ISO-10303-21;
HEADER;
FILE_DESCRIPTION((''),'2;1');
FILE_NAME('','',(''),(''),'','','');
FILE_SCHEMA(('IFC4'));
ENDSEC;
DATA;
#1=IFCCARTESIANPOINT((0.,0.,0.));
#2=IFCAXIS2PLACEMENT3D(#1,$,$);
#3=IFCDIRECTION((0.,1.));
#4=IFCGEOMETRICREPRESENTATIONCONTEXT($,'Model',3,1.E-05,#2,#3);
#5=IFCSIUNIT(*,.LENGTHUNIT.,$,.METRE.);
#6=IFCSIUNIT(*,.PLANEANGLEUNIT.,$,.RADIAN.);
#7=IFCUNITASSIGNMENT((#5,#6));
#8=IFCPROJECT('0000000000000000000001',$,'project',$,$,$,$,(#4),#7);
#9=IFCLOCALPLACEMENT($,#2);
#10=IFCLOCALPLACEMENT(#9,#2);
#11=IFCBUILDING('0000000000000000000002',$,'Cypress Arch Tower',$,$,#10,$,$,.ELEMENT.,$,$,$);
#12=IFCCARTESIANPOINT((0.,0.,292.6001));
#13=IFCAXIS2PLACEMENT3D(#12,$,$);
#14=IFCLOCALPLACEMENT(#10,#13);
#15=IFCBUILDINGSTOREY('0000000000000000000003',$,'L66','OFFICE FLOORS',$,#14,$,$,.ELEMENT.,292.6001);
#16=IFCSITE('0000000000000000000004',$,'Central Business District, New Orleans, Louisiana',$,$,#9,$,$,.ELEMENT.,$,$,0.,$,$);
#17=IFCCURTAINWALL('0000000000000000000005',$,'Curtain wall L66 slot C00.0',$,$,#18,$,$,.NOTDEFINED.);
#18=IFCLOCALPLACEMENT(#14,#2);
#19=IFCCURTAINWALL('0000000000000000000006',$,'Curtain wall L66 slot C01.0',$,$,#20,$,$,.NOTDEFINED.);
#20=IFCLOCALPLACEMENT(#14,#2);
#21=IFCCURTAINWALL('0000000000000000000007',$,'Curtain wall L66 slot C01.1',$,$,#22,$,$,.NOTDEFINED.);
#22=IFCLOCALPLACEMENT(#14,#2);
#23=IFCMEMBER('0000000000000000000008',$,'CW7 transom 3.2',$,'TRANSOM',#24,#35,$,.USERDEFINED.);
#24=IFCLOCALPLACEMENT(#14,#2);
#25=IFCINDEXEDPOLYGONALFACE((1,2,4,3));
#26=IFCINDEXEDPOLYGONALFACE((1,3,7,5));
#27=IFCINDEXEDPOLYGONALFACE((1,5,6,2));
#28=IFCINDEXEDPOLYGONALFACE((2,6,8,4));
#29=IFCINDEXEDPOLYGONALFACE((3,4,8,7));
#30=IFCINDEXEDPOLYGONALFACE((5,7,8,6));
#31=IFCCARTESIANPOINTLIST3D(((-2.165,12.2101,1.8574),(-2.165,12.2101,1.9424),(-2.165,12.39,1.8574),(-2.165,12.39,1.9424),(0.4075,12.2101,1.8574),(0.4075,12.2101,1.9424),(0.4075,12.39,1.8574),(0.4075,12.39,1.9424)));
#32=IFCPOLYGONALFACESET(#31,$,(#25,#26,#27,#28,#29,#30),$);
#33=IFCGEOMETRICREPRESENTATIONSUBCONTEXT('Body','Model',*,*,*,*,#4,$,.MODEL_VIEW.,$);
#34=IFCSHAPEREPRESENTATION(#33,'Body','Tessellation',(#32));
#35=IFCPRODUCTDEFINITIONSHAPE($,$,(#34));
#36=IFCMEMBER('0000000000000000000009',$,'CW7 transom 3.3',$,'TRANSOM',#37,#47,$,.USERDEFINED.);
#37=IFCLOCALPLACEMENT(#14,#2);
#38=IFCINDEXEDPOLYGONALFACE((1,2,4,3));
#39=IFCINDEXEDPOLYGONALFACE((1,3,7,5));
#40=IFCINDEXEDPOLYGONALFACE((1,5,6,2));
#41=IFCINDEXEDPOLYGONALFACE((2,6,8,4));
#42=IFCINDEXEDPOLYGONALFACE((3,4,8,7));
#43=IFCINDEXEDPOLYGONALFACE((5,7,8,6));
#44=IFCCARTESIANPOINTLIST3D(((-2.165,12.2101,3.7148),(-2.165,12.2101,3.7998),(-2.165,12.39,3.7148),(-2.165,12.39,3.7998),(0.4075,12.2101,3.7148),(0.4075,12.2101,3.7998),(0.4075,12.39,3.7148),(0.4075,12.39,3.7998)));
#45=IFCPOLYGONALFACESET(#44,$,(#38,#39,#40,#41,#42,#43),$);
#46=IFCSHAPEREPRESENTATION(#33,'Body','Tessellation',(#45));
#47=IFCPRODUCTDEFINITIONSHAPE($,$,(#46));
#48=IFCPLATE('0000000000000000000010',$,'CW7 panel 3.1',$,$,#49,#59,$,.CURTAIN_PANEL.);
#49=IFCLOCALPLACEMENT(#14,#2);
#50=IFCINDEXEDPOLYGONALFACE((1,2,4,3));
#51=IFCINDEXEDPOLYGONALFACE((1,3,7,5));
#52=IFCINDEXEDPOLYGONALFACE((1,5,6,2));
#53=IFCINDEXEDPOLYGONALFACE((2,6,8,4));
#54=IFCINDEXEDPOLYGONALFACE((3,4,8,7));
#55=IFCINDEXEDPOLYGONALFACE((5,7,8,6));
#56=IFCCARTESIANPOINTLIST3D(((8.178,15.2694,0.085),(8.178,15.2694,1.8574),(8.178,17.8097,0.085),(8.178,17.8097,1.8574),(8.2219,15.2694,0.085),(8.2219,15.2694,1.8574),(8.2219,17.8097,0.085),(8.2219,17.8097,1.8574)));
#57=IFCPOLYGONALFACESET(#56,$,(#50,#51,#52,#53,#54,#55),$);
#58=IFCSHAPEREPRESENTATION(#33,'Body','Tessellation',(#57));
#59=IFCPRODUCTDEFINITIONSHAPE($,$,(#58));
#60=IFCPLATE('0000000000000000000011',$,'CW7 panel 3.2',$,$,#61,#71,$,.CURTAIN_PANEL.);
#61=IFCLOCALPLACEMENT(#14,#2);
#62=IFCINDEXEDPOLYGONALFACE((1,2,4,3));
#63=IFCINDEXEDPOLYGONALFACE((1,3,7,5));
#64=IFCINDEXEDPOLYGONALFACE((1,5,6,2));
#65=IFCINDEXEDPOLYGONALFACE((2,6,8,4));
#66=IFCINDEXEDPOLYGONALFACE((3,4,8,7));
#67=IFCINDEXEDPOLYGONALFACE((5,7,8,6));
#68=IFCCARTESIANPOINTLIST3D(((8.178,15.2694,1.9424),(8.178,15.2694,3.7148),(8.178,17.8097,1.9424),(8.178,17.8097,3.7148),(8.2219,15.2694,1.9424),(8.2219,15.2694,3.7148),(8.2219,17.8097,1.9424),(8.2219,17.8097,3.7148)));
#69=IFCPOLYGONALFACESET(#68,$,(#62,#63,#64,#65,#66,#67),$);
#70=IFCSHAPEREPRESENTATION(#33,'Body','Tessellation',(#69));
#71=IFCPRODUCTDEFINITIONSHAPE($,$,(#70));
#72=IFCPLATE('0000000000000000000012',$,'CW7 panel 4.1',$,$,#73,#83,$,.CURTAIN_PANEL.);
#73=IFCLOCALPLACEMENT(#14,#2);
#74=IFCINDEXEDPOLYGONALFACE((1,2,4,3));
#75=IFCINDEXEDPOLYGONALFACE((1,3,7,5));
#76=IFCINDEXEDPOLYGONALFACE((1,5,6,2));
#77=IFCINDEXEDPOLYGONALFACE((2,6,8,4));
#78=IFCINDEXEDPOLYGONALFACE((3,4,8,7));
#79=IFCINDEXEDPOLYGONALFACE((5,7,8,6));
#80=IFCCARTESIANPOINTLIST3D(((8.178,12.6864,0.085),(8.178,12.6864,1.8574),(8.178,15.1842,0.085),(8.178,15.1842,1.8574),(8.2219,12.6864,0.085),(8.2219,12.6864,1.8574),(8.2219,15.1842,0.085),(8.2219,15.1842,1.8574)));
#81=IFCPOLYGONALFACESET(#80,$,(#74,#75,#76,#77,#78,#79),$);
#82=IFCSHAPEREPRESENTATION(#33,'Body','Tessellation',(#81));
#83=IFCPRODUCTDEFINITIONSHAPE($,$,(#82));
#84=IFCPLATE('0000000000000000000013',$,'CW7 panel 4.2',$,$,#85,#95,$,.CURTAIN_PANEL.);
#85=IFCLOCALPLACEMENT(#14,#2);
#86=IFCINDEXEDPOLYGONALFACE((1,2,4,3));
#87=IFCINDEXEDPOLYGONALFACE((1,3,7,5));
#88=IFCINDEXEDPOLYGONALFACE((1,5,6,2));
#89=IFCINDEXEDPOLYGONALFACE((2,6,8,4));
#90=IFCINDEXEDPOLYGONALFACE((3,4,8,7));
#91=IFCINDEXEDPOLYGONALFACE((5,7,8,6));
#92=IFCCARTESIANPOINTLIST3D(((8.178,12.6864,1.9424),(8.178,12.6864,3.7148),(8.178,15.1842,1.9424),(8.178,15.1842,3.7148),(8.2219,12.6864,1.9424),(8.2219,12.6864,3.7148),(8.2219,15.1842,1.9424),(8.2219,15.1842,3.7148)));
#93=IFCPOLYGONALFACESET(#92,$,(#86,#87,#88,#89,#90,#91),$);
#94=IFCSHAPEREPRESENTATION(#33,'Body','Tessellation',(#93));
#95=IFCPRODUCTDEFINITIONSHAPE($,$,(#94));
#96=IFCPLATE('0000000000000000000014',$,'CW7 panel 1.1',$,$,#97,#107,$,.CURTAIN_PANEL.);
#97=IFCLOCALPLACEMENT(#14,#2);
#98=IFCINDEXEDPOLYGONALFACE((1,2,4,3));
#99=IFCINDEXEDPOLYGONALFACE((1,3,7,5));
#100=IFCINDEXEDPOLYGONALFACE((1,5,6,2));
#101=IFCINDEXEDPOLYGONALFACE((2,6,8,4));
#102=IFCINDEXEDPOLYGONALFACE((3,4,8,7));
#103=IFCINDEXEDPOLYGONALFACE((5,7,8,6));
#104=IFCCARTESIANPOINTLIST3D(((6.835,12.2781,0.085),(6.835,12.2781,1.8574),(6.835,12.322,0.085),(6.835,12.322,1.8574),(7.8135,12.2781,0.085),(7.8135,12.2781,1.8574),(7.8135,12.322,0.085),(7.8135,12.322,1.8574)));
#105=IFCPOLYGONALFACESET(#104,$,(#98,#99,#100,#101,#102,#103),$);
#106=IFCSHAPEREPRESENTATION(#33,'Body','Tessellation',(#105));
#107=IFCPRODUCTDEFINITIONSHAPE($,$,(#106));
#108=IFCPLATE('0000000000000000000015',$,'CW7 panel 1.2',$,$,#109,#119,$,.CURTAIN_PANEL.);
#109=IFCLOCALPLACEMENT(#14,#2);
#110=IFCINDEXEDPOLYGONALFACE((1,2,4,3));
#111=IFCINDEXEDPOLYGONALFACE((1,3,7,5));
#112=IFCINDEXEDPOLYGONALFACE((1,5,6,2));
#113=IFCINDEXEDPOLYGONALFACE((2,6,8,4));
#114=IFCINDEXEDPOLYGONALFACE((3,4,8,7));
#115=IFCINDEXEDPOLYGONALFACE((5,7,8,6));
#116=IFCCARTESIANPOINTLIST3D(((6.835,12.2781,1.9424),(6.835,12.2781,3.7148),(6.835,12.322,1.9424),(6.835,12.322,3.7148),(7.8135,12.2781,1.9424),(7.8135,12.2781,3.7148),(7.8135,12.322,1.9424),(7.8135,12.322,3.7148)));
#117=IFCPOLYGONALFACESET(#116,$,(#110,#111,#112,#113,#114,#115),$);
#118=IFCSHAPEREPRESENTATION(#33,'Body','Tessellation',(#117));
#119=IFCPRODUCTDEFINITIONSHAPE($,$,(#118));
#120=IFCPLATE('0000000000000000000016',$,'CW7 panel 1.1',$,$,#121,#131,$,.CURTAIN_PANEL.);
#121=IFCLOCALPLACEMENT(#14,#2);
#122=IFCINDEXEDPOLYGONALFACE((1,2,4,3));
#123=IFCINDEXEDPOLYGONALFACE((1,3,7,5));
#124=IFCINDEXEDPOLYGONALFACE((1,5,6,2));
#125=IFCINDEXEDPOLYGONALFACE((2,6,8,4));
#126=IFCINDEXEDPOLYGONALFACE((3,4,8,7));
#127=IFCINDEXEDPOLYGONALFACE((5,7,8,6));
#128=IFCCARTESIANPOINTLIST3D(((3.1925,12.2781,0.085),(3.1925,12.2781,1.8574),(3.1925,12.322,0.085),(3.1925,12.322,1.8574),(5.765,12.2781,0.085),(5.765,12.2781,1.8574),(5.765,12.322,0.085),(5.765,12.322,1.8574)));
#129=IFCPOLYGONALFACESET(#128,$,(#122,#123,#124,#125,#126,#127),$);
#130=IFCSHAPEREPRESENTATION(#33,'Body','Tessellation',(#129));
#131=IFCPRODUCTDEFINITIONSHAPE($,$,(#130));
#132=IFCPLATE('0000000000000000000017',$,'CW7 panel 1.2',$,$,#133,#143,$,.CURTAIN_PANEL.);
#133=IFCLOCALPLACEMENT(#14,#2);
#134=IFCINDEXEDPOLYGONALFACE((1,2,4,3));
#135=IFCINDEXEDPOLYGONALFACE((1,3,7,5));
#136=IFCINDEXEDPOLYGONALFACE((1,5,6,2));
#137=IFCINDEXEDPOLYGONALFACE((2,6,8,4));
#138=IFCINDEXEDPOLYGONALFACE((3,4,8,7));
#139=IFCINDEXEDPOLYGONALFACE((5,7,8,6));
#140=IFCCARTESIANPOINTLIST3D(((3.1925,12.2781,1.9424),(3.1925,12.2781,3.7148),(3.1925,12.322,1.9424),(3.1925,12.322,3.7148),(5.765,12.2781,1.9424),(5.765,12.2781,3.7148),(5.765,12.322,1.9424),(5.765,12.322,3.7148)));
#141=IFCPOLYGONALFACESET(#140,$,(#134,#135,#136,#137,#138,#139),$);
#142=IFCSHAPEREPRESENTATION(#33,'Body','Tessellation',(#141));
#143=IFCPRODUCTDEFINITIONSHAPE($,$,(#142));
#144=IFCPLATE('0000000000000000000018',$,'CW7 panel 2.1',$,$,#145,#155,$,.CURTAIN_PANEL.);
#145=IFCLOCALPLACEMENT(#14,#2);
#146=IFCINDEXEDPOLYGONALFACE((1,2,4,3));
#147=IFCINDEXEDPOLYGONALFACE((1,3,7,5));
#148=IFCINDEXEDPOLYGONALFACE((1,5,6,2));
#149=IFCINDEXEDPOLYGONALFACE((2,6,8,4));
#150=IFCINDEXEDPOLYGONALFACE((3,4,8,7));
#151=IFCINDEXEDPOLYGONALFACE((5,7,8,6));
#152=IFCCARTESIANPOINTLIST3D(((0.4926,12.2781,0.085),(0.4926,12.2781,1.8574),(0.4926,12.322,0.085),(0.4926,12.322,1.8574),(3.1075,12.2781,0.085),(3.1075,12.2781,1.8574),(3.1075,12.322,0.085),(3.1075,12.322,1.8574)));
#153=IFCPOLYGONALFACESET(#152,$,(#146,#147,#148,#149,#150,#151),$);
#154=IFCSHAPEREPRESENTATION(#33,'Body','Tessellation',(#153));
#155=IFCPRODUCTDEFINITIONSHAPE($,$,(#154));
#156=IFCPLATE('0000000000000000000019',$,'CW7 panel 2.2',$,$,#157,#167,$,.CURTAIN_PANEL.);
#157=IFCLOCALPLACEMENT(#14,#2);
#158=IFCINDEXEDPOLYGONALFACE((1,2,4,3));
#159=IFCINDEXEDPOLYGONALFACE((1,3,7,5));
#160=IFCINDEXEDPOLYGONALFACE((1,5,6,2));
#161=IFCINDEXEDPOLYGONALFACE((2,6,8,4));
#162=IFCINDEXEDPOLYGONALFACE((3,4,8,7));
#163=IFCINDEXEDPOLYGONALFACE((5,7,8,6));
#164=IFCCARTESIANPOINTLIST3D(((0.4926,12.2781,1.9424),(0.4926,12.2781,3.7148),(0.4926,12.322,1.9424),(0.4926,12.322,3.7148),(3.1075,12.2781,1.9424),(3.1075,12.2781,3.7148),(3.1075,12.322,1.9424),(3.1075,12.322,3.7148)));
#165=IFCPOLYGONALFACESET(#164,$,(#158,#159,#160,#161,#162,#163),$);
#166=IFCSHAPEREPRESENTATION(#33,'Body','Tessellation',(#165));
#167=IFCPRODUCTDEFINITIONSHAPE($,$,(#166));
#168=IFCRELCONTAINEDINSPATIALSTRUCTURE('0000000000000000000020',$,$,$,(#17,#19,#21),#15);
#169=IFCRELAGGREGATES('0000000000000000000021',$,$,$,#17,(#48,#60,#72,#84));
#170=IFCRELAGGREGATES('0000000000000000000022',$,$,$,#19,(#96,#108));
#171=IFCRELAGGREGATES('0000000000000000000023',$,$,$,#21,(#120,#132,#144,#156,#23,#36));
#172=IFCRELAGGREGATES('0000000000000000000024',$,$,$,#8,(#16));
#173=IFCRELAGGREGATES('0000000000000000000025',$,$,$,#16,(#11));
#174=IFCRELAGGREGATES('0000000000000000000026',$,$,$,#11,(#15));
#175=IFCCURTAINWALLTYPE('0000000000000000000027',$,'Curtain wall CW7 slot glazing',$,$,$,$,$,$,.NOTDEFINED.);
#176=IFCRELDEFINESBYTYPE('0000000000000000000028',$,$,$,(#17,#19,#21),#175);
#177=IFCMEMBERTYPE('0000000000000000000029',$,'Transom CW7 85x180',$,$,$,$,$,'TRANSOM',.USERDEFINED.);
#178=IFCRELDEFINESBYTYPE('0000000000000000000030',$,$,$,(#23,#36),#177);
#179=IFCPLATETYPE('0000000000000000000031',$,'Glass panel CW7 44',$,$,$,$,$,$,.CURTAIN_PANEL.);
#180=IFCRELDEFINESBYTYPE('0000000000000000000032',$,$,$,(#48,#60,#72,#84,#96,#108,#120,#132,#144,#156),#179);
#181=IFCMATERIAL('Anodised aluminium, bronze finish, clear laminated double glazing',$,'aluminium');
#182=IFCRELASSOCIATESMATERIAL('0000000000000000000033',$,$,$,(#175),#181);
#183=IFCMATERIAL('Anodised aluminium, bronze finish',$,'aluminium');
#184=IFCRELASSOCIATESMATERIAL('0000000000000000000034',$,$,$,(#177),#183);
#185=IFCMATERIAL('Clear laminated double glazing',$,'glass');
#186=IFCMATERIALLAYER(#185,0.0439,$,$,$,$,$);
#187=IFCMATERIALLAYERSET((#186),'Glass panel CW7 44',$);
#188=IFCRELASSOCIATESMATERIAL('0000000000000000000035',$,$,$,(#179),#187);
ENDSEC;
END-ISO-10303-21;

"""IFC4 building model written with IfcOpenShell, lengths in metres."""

from ifc_helpers import new_model, si_unit, direction, frame, origin, origin_2d, place, context, subcontext, project, spatial, rectangle, extrude, material, layer, layer_set, material_profile, profile_set, type_object, element, aggregate, save


model = new_model("IFC4")

# Units and contexts
model_context = context("Model", 3, precision=1e-05, world=origin(), true_north=direction((0.0, 1.0)))
body_context = subcontext(model_context, "Body", "Model", "MODEL_VIEW")
ifc_project = project(units=[si_unit("LENGTHUNIT", "METRE"), si_unit("PLANEANGLEUNIT", "RADIAN")], contexts=[model_context])

# Site, building, storey
site_placement = place(None, origin())
site = spatial("IfcSite", under=ifc_project, at=site_placement, Name="Central Business District, New Orleans, Louisiana", CompositionType="ELEMENT", RefElevation=0.0)
building_placement = place(site_placement, origin())
building = spatial("IfcBuilding", under=site, at=building_placement, Name="Cypress Arch Tower", CompositionType="ELEMENT")
storey_placement = place(building_placement, frame((0.0, 0.0, 292.6001)))
storey = spatial("IfcBuildingStorey", under=building, at=storey_placement, Name="L66", Description="OFFICE FLOORS", CompositionType="ELEMENT", Elevation=292.6001)

# Curtain walls
ifc_material_1 = material(Name="Anodised aluminium, bronze finish, clear laminated double glazing", Category="aluminium")
curtain_wall_type = type_object("IfcCurtainWallType", Name="Curtain wall CW7 slot glazing", PredefinedType="NOTDEFINED", material=ifc_material_1)
curtain_wall_1_placement = place(storey_placement, origin())
curtain_wall_1 = element("IfcCurtainWall", 1, at=curtain_wall_1_placement, inside=storey, type_object=curtain_wall_type, Name="Curtain wall L66 slot C00.0", PredefinedType="NOTDEFINED")
curtain_wall_2_placement = place(storey_placement, origin())
curtain_wall_2 = element("IfcCurtainWall", 2, at=curtain_wall_2_placement, inside=storey, type_object=curtain_wall_type, Name="Curtain wall L66 slot C01.0", PredefinedType="NOTDEFINED")
curtain_wall_3_placement = place(storey_placement, origin())
curtain_wall_3 = element("IfcCurtainWall", 3, at=curtain_wall_3_placement, inside=storey, type_object=curtain_wall_type, Name="Curtain wall L66 slot C01.1", PredefinedType="NOTDEFINED")

# Members
ifc_material_2 = material(Name="Anodised aluminium, bronze finish", Category="aluminium")
ifc_material_profile_1 = material_profile(ifc_material_2, rectangle(XDim=0.1799, YDim=0.085, at=origin_2d()), Name="Transom 85x180")
ifc_profile_set_1 = profile_set([ifc_material_profile_1], Name="Anodised aluminium, bronze finish")
member_type_1 = type_object("IfcMemberType", Name="Transom CW7 85x180", ElementType="TRANSOM", PredefinedType="USERDEFINED", material=ifc_profile_set_1)
member_1_placement = place(storey_placement, frame((0.4075, 12.3, 1.8999), z_axis=(-1.0, 0.0, 0.0), x_axis=(0.0, -1.0, 0.0)))
member_1 = element("IfcMember", 4, at=member_1_placement, type_object=member_type_1, Name="CW7 transom 3.2", ObjectType="TRANSOM", PredefinedType="USERDEFINED", context=body_context, shape_type="SweptSolid", body=[
    extrude(rectangle(XDim=0.1799, YDim=0.085, at=origin_2d()), origin(), (0.0, 0.0, 1.0), 2.5725),
])
member_2_placement = place(storey_placement, frame((0.4075, 12.3, 3.7573), z_axis=(-1.0, 0.0, 0.0), x_axis=(0.0, -1.0, 0.0)))
member_2 = element("IfcMember", 5, at=member_2_placement, type_object=member_type_1, Name="CW7 transom 3.3", ObjectType="TRANSOM", PredefinedType="USERDEFINED", context=body_context, shape_type="SweptSolid", body=[
    extrude(rectangle(XDim=0.1799, YDim=0.085, at=origin_2d()), origin(), (0.0, 0.0, 1.0), 2.5725),
])

# Plates
ifc_material_3 = material(Name="Clear laminated double glazing", Category="glass")
ifc_layer = layer(ifc_material_3, 0.0439)
ifc_layer_set = layer_set([ifc_layer], Name="Glass panel CW7 44")
plate_type = type_object("IfcPlateType", Name="Glass panel CW7 44", PredefinedType="CURTAIN_PANEL", material=ifc_layer_set)
plate_1_placement = place(storey_placement, frame((8.2, 16.5396, 0.085), z_axis=(0.0, 0.0, 1.0), x_axis=(0.0, -1.0, 0.0)))
plate_1 = element("IfcPlate", 6, at=plate_1_placement, type_object=plate_type, Name="CW7 panel 3.1", PredefinedType="CURTAIN_PANEL", context=body_context, shape_type="SweptSolid", body=[
    extrude(rectangle(XDim=2.5403, YDim=0.0439, at=origin_2d()), origin(), (0.0, 0.0, 1.0), 1.7725),
])
plate_2_placement = place(storey_placement, frame((8.2, 16.5396, 1.9424), z_axis=(0.0, 0.0, 1.0), x_axis=(0.0, -1.0, 0.0)))
plate_2 = element("IfcPlate", 7, at=plate_2_placement, type_object=plate_type, Name="CW7 panel 3.2", PredefinedType="CURTAIN_PANEL", context=body_context, shape_type="SweptSolid", body=[
    extrude(rectangle(XDim=2.5403, YDim=0.0439, at=origin_2d()), origin(), (0.0, 0.0, 1.0), 1.7725),
])
plate_3_placement = place(storey_placement, frame((8.2, 13.9353, 0.085), z_axis=(0.0, 0.0, 1.0), x_axis=(0.0, -1.0, 0.0)))
plate_3 = element("IfcPlate", 8, at=plate_3_placement, type_object=plate_type, Name="CW7 panel 4.1", PredefinedType="CURTAIN_PANEL", context=body_context, shape_type="SweptSolid", body=[
    extrude(rectangle(XDim=2.4978, YDim=0.0439, at=origin_2d()), origin(), (0.0, 0.0, 1.0), 1.7725),
])
plate_4_placement = place(storey_placement, frame((8.2, 13.9353, 1.9424), z_axis=(0.0, 0.0, 1.0), x_axis=(0.0, -1.0, 0.0)))
plate_4 = element("IfcPlate", 9, at=plate_4_placement, type_object=plate_type, Name="CW7 panel 4.2", PredefinedType="CURTAIN_PANEL", context=body_context, shape_type="SweptSolid", body=[
    extrude(rectangle(XDim=2.4978, YDim=0.0439, at=origin_2d()), origin(), (0.0, 0.0, 1.0), 1.7725),
])
aggregate(curtain_wall_1, [plate_1, plate_2, plate_3, plate_4])
plate_5_placement = place(storey_placement, frame((7.3242, 12.3, 0.085), z_axis=(0.0, 0.0, 1.0), x_axis=(-1.0, 0.0, 0.0)))
plate_5 = element("IfcPlate", 10, at=plate_5_placement, type_object=plate_type, Name="CW7 panel 1.1", PredefinedType="CURTAIN_PANEL", context=body_context, shape_type="SweptSolid", body=[
    extrude(rectangle(XDim=0.9785, YDim=0.0439, at=origin_2d()), origin(), (0.0, 0.0, 1.0), 1.7725),
])
plate_6_placement = place(storey_placement, frame((7.3242, 12.3, 1.9424), z_axis=(0.0, 0.0, 1.0), x_axis=(-1.0, 0.0, 0.0)))
plate_6 = element("IfcPlate", 11, at=plate_6_placement, type_object=plate_type, Name="CW7 panel 1.2", PredefinedType="CURTAIN_PANEL", context=body_context, shape_type="SweptSolid", body=[
    extrude(rectangle(XDim=0.9785, YDim=0.0439, at=origin_2d()), origin(), (0.0, 0.0, 1.0), 1.7725),
])
aggregate(curtain_wall_2, [plate_5, plate_6])
plate_7_placement = place(storey_placement, frame((4.4788, 12.3, 0.085), z_axis=(0.0, 0.0, 1.0), x_axis=(-1.0, 0.0, 0.0)))
plate_7 = element("IfcPlate", 12, at=plate_7_placement, type_object=plate_type, Name="CW7 panel 1.1", PredefinedType="CURTAIN_PANEL", context=body_context, shape_type="SweptSolid", body=[
    extrude(rectangle(XDim=2.5725, YDim=0.0439, at=origin_2d()), origin(), (0.0, 0.0, 1.0), 1.7725),
])
plate_8_placement = place(storey_placement, frame((4.4788, 12.3, 1.9424), z_axis=(0.0, 0.0, 1.0), x_axis=(-1.0, 0.0, 0.0)))
plate_8 = element("IfcPlate", 13, at=plate_8_placement, type_object=plate_type, Name="CW7 panel 1.2", PredefinedType="CURTAIN_PANEL", context=body_context, shape_type="SweptSolid", body=[
    extrude(rectangle(XDim=2.5725, YDim=0.0439, at=origin_2d()), origin(), (0.0, 0.0, 1.0), 1.7725),
])
plate_9_placement = place(storey_placement, frame((1.8, 12.3, 0.085), z_axis=(0.0, 0.0, 1.0), x_axis=(-1.0, 0.0, 0.0)))
plate_9 = element("IfcPlate", 14, at=plate_9_placement, type_object=plate_type, Name="CW7 panel 2.1", PredefinedType="CURTAIN_PANEL", context=body_context, shape_type="SweptSolid", body=[
    extrude(rectangle(XDim=2.615, YDim=0.0439, at=origin_2d()), origin(), (0.0, 0.0, 1.0), 1.7725),
])
plate_10_placement = place(storey_placement, frame((1.8, 12.3, 1.9424), z_axis=(0.0, 0.0, 1.0), x_axis=(-1.0, 0.0, 0.0)))
plate_10 = element("IfcPlate", 15, at=plate_10_placement, type_object=plate_type, Name="CW7 panel 2.2", PredefinedType="CURTAIN_PANEL", context=body_context, shape_type="SweptSolid", body=[
    extrude(rectangle(XDim=2.615, YDim=0.0439, at=origin_2d()), origin(), (0.0, 0.0, 1.0), 1.7725),
])
aggregate(curtain_wall_3, [plate_7, plate_8, plate_9, plate_10, member_1, member_2])

save(model, "model.ifc")
